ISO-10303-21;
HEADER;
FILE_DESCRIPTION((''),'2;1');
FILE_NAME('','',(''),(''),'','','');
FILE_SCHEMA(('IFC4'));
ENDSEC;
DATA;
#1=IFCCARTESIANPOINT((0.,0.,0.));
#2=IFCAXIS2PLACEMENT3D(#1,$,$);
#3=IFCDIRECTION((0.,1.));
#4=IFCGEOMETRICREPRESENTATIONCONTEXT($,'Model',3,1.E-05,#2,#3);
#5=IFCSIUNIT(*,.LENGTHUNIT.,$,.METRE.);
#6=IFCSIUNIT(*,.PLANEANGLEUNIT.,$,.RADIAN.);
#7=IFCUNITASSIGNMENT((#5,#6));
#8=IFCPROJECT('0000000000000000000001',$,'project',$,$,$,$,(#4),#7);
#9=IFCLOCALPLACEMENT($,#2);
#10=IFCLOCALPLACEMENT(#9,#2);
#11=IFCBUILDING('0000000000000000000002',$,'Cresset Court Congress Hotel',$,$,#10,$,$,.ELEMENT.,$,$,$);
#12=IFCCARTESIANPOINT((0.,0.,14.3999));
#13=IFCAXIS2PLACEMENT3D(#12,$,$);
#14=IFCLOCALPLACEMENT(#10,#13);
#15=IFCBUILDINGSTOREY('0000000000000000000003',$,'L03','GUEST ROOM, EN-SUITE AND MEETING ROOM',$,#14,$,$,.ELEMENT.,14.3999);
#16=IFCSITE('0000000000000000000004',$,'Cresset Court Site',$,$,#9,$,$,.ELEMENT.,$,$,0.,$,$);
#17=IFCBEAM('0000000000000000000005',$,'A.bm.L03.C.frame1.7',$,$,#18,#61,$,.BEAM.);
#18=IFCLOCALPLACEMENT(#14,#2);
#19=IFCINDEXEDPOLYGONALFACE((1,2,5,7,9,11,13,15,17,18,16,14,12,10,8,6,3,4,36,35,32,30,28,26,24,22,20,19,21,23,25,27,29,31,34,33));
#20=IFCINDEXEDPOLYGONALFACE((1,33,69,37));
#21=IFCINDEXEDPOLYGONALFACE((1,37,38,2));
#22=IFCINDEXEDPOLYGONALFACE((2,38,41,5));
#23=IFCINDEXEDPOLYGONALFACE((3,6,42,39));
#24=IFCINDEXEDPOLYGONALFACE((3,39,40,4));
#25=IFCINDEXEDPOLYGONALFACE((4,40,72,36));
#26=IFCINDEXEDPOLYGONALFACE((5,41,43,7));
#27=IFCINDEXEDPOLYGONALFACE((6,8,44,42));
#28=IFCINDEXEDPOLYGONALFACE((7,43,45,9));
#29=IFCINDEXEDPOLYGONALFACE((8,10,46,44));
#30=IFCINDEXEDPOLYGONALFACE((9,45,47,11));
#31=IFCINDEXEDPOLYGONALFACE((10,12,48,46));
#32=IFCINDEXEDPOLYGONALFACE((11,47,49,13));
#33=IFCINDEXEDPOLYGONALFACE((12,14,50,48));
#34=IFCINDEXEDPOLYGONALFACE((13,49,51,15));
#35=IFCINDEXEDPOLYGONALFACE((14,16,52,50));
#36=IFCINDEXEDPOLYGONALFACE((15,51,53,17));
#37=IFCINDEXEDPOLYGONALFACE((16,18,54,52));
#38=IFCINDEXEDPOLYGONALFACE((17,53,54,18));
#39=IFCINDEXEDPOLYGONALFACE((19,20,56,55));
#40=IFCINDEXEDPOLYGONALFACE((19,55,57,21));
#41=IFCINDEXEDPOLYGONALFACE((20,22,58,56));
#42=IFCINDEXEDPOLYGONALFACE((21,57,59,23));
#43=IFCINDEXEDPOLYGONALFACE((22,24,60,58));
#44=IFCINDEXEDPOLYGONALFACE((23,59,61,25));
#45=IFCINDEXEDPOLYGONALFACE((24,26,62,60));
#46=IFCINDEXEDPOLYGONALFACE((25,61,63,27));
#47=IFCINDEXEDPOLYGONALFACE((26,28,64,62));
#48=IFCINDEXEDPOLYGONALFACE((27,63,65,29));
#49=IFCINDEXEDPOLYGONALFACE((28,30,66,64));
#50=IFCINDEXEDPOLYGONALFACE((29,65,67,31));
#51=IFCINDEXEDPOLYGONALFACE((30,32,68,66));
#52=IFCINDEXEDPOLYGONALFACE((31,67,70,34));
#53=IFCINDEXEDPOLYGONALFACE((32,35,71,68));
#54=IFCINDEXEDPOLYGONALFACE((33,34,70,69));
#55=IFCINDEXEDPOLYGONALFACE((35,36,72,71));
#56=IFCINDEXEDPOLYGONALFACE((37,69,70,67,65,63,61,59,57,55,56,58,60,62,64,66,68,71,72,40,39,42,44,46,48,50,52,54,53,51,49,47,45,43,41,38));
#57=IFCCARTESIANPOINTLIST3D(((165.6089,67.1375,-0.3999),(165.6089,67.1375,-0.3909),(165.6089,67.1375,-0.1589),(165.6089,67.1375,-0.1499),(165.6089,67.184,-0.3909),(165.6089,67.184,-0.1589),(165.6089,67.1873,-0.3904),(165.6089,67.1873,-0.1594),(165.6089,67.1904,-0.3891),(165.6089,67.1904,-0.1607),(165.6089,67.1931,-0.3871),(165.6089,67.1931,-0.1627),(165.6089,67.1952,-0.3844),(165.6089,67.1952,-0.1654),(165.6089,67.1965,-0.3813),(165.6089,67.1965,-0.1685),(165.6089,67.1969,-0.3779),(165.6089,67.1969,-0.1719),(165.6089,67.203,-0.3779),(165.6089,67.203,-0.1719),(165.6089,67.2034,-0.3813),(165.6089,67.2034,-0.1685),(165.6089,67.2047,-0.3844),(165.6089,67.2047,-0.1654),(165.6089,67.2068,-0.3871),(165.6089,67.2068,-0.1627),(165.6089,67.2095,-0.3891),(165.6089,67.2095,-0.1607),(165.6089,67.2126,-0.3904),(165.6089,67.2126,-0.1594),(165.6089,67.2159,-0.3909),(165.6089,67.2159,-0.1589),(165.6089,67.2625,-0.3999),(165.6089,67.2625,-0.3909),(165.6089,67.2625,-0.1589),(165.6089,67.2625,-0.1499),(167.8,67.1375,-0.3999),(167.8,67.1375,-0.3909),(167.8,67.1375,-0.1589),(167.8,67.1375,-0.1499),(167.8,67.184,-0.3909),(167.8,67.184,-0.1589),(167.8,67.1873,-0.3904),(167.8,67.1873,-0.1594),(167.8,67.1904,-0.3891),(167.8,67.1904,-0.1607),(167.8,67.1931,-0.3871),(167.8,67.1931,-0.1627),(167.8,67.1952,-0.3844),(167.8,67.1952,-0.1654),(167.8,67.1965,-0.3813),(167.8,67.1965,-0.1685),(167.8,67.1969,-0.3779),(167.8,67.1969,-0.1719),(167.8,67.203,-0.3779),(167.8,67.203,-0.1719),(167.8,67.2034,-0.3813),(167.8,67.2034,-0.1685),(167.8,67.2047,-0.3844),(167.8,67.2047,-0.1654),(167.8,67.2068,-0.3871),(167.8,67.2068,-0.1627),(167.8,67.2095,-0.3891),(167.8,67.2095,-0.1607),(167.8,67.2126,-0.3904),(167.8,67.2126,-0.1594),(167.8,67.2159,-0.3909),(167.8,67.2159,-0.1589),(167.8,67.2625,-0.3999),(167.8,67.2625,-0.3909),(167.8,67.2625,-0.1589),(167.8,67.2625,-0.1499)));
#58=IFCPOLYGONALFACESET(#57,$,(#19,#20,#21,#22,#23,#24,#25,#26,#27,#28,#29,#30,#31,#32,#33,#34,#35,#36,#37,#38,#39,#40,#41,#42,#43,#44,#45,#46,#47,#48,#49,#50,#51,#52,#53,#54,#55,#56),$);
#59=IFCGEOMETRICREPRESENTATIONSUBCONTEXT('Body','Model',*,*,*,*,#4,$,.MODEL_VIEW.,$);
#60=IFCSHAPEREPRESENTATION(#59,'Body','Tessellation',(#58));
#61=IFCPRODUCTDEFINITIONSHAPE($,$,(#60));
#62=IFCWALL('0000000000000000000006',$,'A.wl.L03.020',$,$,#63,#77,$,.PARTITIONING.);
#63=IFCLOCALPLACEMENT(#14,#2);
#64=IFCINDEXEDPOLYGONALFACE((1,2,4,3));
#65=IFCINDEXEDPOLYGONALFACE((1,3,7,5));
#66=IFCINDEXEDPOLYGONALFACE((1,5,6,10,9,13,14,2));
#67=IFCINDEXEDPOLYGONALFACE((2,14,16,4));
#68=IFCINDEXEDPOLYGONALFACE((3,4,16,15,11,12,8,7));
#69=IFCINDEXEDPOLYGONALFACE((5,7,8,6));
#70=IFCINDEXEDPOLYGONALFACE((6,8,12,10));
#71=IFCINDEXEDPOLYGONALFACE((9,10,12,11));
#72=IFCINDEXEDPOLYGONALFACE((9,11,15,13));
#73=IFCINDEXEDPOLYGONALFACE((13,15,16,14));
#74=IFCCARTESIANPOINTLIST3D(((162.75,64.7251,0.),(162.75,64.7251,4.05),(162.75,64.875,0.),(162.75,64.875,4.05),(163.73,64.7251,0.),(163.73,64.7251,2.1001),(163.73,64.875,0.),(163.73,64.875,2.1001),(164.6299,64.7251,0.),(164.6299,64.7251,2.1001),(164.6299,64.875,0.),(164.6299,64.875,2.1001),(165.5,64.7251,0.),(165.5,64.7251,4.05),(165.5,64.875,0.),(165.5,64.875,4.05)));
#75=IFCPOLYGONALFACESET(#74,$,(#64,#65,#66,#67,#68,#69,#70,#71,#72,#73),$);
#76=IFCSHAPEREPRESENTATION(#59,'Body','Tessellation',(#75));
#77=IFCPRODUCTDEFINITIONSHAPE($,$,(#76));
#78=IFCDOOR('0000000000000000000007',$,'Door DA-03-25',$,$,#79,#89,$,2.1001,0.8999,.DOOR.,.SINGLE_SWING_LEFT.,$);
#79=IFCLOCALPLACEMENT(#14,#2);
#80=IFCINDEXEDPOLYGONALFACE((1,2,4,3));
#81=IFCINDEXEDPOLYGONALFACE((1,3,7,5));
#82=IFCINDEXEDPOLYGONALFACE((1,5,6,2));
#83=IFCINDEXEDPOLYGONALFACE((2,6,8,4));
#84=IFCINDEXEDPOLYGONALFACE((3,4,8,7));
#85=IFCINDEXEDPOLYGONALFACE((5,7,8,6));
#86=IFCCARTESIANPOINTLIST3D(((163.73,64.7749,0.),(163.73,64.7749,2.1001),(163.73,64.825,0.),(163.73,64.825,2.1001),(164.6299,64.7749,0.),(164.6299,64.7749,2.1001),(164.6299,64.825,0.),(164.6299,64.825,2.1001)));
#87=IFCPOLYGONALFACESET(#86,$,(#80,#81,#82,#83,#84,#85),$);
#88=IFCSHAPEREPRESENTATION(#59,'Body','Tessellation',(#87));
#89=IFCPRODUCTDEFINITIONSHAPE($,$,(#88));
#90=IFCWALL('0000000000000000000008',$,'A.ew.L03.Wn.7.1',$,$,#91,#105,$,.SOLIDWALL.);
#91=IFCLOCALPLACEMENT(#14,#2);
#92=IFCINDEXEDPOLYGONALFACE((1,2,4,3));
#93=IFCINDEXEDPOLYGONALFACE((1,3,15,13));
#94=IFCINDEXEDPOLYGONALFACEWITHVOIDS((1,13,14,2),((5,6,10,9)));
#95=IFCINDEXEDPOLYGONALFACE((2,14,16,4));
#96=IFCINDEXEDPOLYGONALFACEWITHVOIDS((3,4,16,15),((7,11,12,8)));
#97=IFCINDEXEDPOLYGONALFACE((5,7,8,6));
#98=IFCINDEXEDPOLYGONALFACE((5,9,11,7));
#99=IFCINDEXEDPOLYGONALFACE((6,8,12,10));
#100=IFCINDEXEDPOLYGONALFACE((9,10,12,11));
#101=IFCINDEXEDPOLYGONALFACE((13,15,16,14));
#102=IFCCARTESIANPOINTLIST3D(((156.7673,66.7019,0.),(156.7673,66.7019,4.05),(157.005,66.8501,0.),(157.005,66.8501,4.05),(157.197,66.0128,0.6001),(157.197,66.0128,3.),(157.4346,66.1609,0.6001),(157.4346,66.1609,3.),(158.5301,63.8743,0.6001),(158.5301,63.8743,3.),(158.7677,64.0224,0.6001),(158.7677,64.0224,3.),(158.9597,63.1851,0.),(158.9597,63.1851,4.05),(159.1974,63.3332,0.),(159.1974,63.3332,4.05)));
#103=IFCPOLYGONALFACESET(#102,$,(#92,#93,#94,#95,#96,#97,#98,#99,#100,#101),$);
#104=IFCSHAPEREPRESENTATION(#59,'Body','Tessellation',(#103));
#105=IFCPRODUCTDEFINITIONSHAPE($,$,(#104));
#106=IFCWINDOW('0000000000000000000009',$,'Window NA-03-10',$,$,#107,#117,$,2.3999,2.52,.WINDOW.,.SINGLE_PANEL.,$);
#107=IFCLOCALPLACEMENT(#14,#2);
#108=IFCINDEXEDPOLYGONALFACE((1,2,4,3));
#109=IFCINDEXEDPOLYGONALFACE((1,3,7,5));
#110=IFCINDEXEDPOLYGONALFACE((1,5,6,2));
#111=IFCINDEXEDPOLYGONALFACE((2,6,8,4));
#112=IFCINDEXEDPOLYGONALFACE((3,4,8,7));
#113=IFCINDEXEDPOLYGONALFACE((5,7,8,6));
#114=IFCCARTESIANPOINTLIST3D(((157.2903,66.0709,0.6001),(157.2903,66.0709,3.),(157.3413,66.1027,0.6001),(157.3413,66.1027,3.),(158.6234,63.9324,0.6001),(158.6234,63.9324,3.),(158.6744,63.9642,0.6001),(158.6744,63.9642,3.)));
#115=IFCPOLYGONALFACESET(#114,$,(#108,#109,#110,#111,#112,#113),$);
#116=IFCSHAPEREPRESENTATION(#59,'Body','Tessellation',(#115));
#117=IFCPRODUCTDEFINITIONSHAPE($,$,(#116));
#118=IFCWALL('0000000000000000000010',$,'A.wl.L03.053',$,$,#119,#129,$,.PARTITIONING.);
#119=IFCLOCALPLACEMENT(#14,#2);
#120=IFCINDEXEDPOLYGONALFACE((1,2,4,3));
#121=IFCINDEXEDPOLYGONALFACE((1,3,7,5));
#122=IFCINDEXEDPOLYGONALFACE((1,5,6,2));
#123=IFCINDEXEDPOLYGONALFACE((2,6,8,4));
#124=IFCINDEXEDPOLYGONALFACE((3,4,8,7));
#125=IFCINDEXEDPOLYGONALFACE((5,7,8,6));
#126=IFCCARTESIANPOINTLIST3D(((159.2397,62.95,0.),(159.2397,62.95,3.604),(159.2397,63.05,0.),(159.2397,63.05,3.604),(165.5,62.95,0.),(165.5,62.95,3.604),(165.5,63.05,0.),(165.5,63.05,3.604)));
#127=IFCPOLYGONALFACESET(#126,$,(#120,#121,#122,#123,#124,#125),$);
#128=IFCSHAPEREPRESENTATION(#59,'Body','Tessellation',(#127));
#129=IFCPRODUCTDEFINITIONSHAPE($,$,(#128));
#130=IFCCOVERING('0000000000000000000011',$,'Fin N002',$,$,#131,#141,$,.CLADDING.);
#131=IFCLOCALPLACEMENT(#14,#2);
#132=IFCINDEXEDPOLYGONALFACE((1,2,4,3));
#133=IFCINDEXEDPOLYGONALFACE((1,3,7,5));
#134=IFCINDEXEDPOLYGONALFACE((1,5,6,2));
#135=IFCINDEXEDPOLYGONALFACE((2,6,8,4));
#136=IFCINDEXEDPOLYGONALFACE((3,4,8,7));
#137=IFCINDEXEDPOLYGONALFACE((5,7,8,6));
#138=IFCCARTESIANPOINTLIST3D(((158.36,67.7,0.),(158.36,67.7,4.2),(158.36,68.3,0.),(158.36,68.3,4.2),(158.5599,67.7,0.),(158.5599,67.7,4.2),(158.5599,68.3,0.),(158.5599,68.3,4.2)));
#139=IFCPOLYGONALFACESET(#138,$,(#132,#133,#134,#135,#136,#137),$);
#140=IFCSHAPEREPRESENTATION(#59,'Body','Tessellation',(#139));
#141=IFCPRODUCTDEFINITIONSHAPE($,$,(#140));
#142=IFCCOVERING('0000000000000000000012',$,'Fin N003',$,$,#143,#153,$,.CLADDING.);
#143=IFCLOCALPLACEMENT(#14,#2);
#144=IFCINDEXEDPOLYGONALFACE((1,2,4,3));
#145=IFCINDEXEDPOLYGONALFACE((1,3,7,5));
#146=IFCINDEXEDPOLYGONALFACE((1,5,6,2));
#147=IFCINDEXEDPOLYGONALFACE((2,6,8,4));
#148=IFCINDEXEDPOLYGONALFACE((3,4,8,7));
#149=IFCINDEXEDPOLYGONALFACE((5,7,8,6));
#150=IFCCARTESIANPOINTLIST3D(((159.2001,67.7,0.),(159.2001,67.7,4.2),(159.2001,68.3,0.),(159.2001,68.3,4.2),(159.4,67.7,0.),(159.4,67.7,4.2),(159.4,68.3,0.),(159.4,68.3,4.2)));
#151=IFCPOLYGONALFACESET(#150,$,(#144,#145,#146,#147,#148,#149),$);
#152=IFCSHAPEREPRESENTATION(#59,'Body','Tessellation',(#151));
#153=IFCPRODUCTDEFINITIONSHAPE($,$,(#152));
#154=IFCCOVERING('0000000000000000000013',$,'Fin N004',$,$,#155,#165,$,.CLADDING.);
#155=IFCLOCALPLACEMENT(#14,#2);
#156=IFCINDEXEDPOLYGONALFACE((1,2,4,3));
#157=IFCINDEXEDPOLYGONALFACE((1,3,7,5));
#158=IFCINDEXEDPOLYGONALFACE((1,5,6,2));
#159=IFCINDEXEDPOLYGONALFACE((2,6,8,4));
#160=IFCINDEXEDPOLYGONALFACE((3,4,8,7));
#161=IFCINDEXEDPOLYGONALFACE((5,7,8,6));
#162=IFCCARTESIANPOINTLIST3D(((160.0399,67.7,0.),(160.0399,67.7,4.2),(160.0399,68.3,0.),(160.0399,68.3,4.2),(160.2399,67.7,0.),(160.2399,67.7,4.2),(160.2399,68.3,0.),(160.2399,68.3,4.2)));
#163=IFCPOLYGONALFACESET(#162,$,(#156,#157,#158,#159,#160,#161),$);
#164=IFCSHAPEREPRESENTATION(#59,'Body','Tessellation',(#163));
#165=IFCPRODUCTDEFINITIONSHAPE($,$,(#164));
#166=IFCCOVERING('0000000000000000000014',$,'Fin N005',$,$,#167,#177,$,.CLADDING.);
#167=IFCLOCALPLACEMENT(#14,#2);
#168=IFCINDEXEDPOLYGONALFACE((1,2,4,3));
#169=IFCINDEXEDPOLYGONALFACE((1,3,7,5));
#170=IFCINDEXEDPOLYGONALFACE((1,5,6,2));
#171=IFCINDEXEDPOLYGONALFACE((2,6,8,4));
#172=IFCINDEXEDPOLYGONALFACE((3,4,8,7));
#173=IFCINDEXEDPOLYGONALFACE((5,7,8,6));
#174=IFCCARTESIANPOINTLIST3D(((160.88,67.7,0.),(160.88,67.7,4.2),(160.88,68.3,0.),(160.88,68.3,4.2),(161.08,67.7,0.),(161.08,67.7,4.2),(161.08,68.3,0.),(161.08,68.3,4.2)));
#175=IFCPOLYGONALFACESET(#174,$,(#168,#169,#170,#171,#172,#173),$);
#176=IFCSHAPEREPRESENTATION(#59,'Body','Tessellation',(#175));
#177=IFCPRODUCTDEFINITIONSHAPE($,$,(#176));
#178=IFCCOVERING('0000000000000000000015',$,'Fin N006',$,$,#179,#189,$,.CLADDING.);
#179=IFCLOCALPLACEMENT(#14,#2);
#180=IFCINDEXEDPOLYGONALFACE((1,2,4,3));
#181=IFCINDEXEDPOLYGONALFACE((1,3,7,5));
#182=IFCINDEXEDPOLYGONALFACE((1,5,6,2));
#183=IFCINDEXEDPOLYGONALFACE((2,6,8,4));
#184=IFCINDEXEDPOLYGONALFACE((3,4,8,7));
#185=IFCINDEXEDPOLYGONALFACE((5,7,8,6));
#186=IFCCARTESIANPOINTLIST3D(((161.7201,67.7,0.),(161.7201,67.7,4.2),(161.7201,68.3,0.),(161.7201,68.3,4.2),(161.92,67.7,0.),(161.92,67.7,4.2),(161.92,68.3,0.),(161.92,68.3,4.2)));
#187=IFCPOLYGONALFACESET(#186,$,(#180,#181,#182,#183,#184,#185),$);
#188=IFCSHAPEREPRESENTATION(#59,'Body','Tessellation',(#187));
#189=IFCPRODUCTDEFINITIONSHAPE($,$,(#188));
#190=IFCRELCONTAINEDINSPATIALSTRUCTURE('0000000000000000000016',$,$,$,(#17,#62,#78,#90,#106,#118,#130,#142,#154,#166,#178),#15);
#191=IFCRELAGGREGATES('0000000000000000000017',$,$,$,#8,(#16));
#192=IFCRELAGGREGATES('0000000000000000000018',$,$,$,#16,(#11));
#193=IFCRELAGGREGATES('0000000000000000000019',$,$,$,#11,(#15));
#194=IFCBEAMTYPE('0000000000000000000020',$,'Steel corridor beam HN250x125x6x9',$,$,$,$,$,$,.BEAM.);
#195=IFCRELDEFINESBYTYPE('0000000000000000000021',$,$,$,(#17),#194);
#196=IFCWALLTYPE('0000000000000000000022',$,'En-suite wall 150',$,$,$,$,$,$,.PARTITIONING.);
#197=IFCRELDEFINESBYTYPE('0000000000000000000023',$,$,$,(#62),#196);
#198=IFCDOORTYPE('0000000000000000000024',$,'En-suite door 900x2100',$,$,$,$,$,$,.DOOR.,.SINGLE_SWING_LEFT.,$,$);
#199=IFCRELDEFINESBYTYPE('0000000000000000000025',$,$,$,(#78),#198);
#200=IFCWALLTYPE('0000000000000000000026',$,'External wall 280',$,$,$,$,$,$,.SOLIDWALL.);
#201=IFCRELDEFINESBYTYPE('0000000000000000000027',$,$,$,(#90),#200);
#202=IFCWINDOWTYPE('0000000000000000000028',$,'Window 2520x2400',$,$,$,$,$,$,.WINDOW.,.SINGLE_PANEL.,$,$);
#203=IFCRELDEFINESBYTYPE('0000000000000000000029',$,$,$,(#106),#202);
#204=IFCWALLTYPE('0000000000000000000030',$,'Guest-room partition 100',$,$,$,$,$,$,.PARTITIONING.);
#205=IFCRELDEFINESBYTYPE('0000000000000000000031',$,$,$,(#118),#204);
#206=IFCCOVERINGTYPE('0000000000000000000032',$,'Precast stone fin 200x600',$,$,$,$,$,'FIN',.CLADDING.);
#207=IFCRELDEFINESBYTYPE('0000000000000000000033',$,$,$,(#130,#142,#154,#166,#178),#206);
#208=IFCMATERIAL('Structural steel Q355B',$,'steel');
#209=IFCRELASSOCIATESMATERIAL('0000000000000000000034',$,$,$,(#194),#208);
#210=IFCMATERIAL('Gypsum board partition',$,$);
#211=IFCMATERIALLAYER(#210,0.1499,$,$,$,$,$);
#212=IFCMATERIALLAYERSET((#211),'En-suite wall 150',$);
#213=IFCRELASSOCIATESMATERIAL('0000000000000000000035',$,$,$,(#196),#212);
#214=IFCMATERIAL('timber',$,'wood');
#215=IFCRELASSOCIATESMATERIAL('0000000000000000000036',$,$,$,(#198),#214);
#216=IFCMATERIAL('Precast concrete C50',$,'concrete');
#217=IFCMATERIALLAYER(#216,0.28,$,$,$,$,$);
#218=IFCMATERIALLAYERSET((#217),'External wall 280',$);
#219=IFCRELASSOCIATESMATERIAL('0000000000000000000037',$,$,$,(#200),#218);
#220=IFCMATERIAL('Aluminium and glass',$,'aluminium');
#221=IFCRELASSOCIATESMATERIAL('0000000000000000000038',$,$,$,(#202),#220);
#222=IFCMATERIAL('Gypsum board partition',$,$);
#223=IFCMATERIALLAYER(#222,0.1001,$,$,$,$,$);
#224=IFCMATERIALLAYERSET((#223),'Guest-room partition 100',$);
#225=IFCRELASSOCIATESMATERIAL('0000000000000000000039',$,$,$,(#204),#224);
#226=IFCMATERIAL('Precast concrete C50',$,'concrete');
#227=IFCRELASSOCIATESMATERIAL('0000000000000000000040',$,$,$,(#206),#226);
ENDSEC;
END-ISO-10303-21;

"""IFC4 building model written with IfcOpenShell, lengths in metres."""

from ifc_helpers import new_model, si_unit, direction, frame, frame_2d, origin, origin_2d, place, context, subcontext, project, spatial, rectangle, i_section, extrude, material, layer, layer_set, material_profile, profile_set, type_object, element, fill, save


model = new_model("IFC4")

# Units and contexts
model_context = context("Model", 3, precision=1e-05, world=origin(), true_north=direction((0.0, 1.0)))
body_context = subcontext(model_context, "Body", "Model", "MODEL_VIEW")
ifc_project = project(units=[si_unit("LENGTHUNIT", "METRE"), si_unit("PLANEANGLEUNIT", "RADIAN")], contexts=[model_context])

# Site, building, storey
site_placement = place(None, origin())
site = spatial("IfcSite", under=ifc_project, at=site_placement, Name="Cresset Court Site", CompositionType="ELEMENT", RefElevation=0.0)
building_placement = place(site_placement, origin())
building = spatial("IfcBuilding", under=site, at=building_placement, Name="Cresset Court Congress Hotel", CompositionType="ELEMENT")
storey_placement = place(building_placement, frame((0.0, 0.0, 14.3999)))
storey = spatial("IfcBuildingStorey", under=building, at=storey_placement, Name="L03", Description="GUEST ROOM, EN-SUITE AND MEETING ROOM", CompositionType="ELEMENT", Elevation=14.3999)

# Beam
ifc_material_1 = material(Name="Structural steel Q355B", Category="steel")
ifc_material_profile_1 = material_profile(ifc_material_1, i_section(OverallWidth=0.125, OverallDepth=0.25, WebThickness=0.0061, FlangeThickness=0.009, FilletRadius=0.0129, at=origin_2d()), Name="HN250x125x6x9")
ifc_profile_set_1 = profile_set([ifc_material_profile_1], Name="Structural steel Q355B")
beam_type_1 = type_object("IfcBeamType", Name="Steel corridor beam HN250x125x6x9", PredefinedType="BEAM", material=ifc_profile_set_1)
beam_1_placement = place(storey_placement, frame((165.6089, 67.2, -0.2749), z_axis=(1.0, 0.0, 0.0), x_axis=(0.0, 1.0, 0.0)))
element("IfcBeam", 1, at=beam_1_placement, inside=storey, type_object=beam_type_1, Name="A.bm.L03.C.frame1.7", PredefinedType="BEAM", context=body_context, shape_type="SweptSolid", body=[
    extrude(i_section(OverallWidth=0.125, OverallDepth=0.25, WebThickness=0.0061, FlangeThickness=0.009, FilletRadius=0.0129, at=origin_2d()), origin(), (0.0, 0.0, 1.0), 2.1912),
])

# Shared definitions
ifc_material_2 = material(Name="Gypsum board partition")
ifc_layer_1 = layer(ifc_material_2, 0.1499)
ifc_layer_set_1 = layer_set([ifc_layer_1], Name="En-suite wall 150")
wall_type_1 = type_object("IfcWallType", Name="En-suite wall 150", PredefinedType="PARTITIONING", material=ifc_layer_set_1)

# Wall, opening, door
wall_1_placement = place(storey_placement, frame((162.75, 64.8, 0.0), z_axis=(0.0, 0.0, 1.0), x_axis=(1.0, 0.0, 0.0)))
wall_1 = element("IfcWall", 2, at=wall_1_placement, inside=storey, type_object=wall_type_1, Name="A.wl.L03.020", PredefinedType="PARTITIONING", context=body_context, shape_type="SweptSolid", body=[
    extrude(rectangle(XDim=2.75, YDim=0.1499, at=frame_2d((1.375, 0.0))), origin(), (0.0, 0.0, 1.0), 4.05),
])
opening_1_placement = place(wall_1_placement, frame((0.98, 0.0, 0.0)))
opening_1 = element("IfcOpeningElement", 3, at=opening_1_placement, cuts=wall_1, PredefinedType="OPENING", context=body_context, shape_type="SweptSolid", body=[
    extrude(rectangle(XDim=0.8999, YDim=2.1001, at=frame_2d((0.45, 1.05))), frame((0.0, 0.085, 0.0), z_axis=(0.0, -1.0, 0.0), x_axis=(1.0, 0.0, 0.0)), (0.0, 0.0, 1.0), 0.1699),
])
ifc_material_3 = material(Name="timber", Category="wood")
door_type = type_object("IfcDoorType", Name="En-suite door 900x2100", OperationType="SINGLE_SWING_LEFT", PredefinedType="DOOR", material=ifc_material_3)
door_placement = place(opening_1_placement, origin())
door = element("IfcDoor", 4, at=door_placement, inside=storey, type_object=door_type, Name="Door DA-03-25", OperationType="SINGLE_SWING_LEFT", OverallHeight=2.1001, OverallWidth=0.8999, PredefinedType="DOOR", context=body_context, shape_type="SweptSolid", body=[
    extrude(rectangle(XDim=0.8999, YDim=2.1001, at=frame_2d((0.45, 1.05))), frame((0.0, 0.0249, 0.0), z_axis=(0.0, -1.0, 0.0), x_axis=(1.0, 0.0, 0.0)), (0.0, 0.0, 1.0), 0.05),
])
fill(opening_1, door)

# Wall, opening, window
ifc_material_4 = material(Name="Precast concrete C50", Category="concrete")
ifc_layer_2 = layer(ifc_material_4, 0.28)
ifc_layer_set_2 = layer_set([ifc_layer_2], Name="External wall 280")
wall_type_2 = type_object("IfcWallType", Name="External wall 280", PredefinedType="SOLIDWALL", material=ifc_layer_set_2)
wall_2_placement = place(storey_placement, frame((159.0786, 63.259, 0.0), z_axis=(0.0, 0.0, 1.0), x_axis=(-0.529019, 0.84861, 0.0)))
wall_2 = element("IfcWall", 5, at=wall_2_placement, inside=storey, type_object=wall_type_2, Name="A.ew.L03.Wn.7.1", PredefinedType="SOLIDWALL", context=body_context, shape_type="SweptSolid", body=[
    extrude(rectangle(XDim=4.1443, YDim=0.28, at=frame_2d((2.0723, 0.0))), origin(), (0.0, 0.0, 1.0), 4.05),
])
opening_2_placement = place(wall_2_placement, frame((0.8123, 0.0, 0.6001)))
opening_2 = element("IfcOpeningElement", 6, at=opening_2_placement, cuts=wall_2, PredefinedType="OPENING", context=body_context, shape_type="SweptSolid", body=[
    extrude(rectangle(XDim=2.52, YDim=2.3999, at=frame_2d((1.26, 1.2))), frame((0.0, 0.1499, 0.0), z_axis=(0.0, -1.0, 0.0), x_axis=(1.0, 0.0, 0.0)), (0.0, 0.0, 1.0), 0.3),
])
ifc_material_5 = material(Name="Aluminium and glass", Category="aluminium")
window_type = type_object("IfcWindowType", Name="Window 2520x2400", PartitioningType="SINGLE_PANEL", PredefinedType="WINDOW", material=ifc_material_5)
window_placement = place(opening_2_placement, origin())
window = element("IfcWindow", 7, at=window_placement, inside=storey, type_object=window_type, Name="Window NA-03-10", OverallHeight=2.3999, OverallWidth=2.52, PartitioningType="SINGLE_PANEL", PredefinedType="WINDOW", context=body_context, shape_type="SweptSolid", body=[
    extrude(rectangle(XDim=2.52, YDim=2.3999, at=frame_2d((1.26, 1.2))), frame((0.0, 0.03, 0.0), z_axis=(0.0, -1.0, 0.0), x_axis=(1.0, 0.0, 0.0)), (0.0, 0.0, 1.0), 0.0601),
])
fill(opening_2, window)

# Wall
ifc_material_6 = material(Name="Gypsum board partition")
ifc_layer_3 = layer(ifc_material_6, 0.1001)
ifc_layer_set_3 = layer_set([ifc_layer_3], Name="Guest-room partition 100")
wall_type_3 = type_object("IfcWallType", Name="Guest-room partition 100", PredefinedType="PARTITIONING", material=ifc_layer_set_3)
wall_3_placement = place(storey_placement, frame((159.2397, 63.0, 0.0), z_axis=(0.0, 0.0, 1.0), x_axis=(1.0, 0.0, 0.0)))
element("IfcWall", 8, at=wall_3_placement, inside=storey, type_object=wall_type_3, Name="A.wl.L03.053", PredefinedType="PARTITIONING", context=body_context, shape_type="SweptSolid", body=[
    extrude(rectangle(XDim=6.2603, YDim=0.1001, at=frame_2d((3.1301, 0.0))), origin(), (0.0, 0.0, 1.0), 3.604),
])

# Coverings
ifc_material_7 = material(Name="Precast concrete C50", Category="concrete")
covering_type = type_object("IfcCoveringType", Name="Precast stone fin 200x600", ElementType="FIN", PredefinedType="CLADDING", material=ifc_material_7)
for number, where, z_axis, x_axis, name in (
    (9, (158.46, 68.0, 0.0), (0.0, 0.0, 1.0), (1.0, 0.0, 0.0), "Fin N002"),
    (10, (159.3, 68.0, 0.0), (0.0, 0.0, 1.0), (1.0, 0.0, 0.0), "Fin N003"),
    (11, (160.1399, 68.0, 0.0), (0.0, 0.0, 1.0), (1.0, 0.0, 0.0), "Fin N004"),
    (12, (160.98, 68.0, 0.0), (0.0, 0.0, 1.0), (1.0, 0.0, 0.0), "Fin N005"),
    (13, (161.8201, 68.0, 0.0), (0.0, 0.0, 1.0), (1.0, 0.0, 0.0), "Fin N006"),
):
    element("IfcCovering", number, at=place(storey_placement, frame(where, z_axis=z_axis, x_axis=x_axis)), inside=storey, type_object=covering_type, Name=name, PredefinedType="CLADDING", context=body_context, shape_type="SweptSolid", body=[
        extrude(rectangle(XDim=0.2, YDim=0.6001, at=origin_2d()), origin(), (0.0, 0.0, 1.0), 4.2),
    ])

save(model, "model.ifc")
